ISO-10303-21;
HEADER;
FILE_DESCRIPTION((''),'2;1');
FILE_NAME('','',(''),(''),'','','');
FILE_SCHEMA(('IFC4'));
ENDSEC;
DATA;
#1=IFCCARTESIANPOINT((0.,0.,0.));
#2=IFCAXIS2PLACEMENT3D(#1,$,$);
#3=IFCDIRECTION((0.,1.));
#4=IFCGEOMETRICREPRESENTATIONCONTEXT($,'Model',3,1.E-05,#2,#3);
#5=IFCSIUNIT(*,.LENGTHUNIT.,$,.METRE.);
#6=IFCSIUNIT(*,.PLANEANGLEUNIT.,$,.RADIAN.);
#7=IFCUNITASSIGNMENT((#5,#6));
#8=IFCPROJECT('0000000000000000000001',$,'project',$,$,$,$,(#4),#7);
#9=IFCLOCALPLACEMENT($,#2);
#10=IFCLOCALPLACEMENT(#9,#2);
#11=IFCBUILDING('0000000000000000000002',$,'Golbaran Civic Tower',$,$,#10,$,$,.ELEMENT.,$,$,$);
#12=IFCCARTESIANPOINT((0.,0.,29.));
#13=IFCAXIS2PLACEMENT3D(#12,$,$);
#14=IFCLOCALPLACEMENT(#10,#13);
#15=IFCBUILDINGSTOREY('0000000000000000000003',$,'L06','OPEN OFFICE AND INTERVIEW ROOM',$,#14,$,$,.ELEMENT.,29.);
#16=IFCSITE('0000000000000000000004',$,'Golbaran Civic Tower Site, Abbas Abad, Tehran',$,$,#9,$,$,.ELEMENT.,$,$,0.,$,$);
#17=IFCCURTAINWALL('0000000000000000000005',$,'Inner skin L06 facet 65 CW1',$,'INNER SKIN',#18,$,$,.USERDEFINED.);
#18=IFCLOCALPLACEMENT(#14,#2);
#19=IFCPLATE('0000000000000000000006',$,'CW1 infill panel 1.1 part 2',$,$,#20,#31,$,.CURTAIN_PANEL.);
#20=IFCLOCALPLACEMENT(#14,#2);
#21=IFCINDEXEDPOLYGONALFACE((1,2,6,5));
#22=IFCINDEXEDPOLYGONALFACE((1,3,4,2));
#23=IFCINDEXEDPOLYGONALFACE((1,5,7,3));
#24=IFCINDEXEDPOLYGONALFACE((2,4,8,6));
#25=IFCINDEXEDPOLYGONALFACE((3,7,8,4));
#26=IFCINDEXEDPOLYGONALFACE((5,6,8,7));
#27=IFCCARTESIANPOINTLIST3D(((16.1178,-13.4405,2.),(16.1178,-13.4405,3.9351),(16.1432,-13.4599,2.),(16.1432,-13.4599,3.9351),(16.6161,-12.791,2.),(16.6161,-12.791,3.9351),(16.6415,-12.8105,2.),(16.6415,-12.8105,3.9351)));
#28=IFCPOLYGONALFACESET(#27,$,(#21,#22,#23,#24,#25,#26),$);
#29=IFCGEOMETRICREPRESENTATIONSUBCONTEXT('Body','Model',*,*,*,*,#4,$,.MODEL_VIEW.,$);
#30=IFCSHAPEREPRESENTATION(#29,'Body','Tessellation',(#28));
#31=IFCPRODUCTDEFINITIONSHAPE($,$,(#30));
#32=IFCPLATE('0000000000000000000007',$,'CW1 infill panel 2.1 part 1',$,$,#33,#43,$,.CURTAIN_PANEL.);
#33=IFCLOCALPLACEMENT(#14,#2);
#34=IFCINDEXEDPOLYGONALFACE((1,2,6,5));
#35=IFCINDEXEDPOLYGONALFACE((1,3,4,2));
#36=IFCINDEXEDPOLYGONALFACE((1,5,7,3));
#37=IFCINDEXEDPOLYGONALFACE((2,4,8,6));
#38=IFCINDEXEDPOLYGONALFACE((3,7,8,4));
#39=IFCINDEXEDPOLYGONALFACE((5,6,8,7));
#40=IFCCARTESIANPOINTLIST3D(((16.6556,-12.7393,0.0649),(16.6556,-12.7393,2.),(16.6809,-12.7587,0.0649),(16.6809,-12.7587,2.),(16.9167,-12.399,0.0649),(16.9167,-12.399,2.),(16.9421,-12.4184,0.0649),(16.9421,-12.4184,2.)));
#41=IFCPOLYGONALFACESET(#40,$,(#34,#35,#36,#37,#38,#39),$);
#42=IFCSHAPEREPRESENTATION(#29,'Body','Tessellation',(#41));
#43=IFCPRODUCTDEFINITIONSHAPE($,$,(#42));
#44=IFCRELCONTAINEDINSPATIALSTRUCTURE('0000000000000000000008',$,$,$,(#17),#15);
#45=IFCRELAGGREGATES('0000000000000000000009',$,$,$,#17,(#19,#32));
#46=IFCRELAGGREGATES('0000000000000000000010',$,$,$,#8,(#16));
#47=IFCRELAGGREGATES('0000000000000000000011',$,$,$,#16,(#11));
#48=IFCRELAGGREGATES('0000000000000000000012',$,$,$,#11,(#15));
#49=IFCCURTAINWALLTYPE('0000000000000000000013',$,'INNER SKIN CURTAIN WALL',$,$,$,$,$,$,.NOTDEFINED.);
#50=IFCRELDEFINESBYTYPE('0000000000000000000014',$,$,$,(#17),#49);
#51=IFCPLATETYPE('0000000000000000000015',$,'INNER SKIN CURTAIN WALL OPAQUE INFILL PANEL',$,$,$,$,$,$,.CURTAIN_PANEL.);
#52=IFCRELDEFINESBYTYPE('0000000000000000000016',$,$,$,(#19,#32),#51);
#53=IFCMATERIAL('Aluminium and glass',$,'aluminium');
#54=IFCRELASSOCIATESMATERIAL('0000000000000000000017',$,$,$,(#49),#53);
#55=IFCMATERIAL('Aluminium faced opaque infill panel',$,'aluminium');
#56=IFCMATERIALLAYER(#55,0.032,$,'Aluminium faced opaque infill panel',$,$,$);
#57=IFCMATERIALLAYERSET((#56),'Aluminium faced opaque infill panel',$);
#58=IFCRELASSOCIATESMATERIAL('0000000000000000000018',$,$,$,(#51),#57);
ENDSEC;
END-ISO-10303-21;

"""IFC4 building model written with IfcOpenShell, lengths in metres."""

from ifc_helpers import new_model, si_unit, direction, frame, origin, origin_2d, place, context, subcontext, project, spatial, rectangle, extrude, material, layer, layer_set, type_object, element, aggregate, save


model = new_model("IFC4")

# Units and contexts
model_context = context("Model", 3, precision=1e-05, world=origin(), true_north=direction((0.0, 1.0)))
body_context = subcontext(model_context, "Body", "Model", "MODEL_VIEW")
ifc_project = project(units=[si_unit("LENGTHUNIT", "METRE"), si_unit("PLANEANGLEUNIT", "RADIAN")], contexts=[model_context])

# Site, building, storey
site_placement = place(None, origin())
site = spatial("IfcSite", under=ifc_project, at=site_placement, Name="Golbaran Civic Tower Site, Abbas Abad, Tehran", CompositionType="ELEMENT", RefElevation=0.0)
building_placement = place(site_placement, origin())
building = spatial("IfcBuilding", under=site, at=building_placement, Name="Golbaran Civic Tower", CompositionType="ELEMENT")
storey_placement = place(building_placement, frame((0.0, 0.0, 29.0)))
storey = spatial("IfcBuildingStorey", under=building, at=storey_placement, Name="L06", Description="OPEN OFFICE AND INTERVIEW ROOM", CompositionType="ELEMENT", Elevation=29.0)

# Curtain wall
ifc_material_1 = material(Name="Aluminium and glass", Category="aluminium")
curtain_wall_type = type_object("IfcCurtainWallType", Name="INNER SKIN CURTAIN WALL", PredefinedType="NOTDEFINED", material=ifc_material_1)
curtain_wall_1_placement = place(storey_placement, origin())
curtain_wall_1 = element("IfcCurtainWall", 1, at=curtain_wall_1_placement, inside=storey, type_object=curtain_wall_type, Name="Inner skin L06 facet 65 CW1", ObjectType="INNER SKIN", PredefinedType="USERDEFINED")

# Plates
ifc_material_2 = material(Name="Aluminium faced opaque infill panel", Category="aluminium")
ifc_layer_1 = layer(ifc_material_2, 0.032, Name="Aluminium faced opaque infill panel")
ifc_layer_set_1 = layer_set([ifc_layer_1], Name="Aluminium faced opaque infill panel")
plate_type_1 = type_object("IfcPlateType", Name="INNER SKIN CURTAIN WALL OPAQUE INFILL PANEL", PredefinedType="CURTAIN_PANEL", material=ifc_layer_set_1)
plate_1_placement = place(storey_placement, frame((16.3796, -13.1255, 2.0), z_axis=(0.0, 0.0, 1.0), x_axis=(0.608761, 0.793353, 0.0)))
plate_1 = element("IfcPlate", 2, at=plate_1_placement, type_object=plate_type_1, Name="CW1 infill panel 1.1 part 2", PredefinedType="CURTAIN_PANEL", context=body_context, shape_type="SweptSolid", body=[
    extrude(rectangle(XDim=0.8186, YDim=0.032, at=origin_2d()), origin(), (0.0, 0.0, 1.0), 1.9351),
])
plate_2_placement = place(storey_placement, frame((16.7988, -12.5789, 0.0649), z_axis=(0.0, 0.0, 1.0), x_axis=(0.608761, 0.793353, 0.0)))
plate_2 = element("IfcPlate", 3, at=plate_2_placement, type_object=plate_type_1, Name="CW1 infill panel 2.1 part 1", PredefinedType="CURTAIN_PANEL", context=body_context, shape_type="SweptSolid", body=[
    extrude(rectangle(XDim=0.429, YDim=0.032, at=origin_2d()), origin(), (0.0, 0.0, 1.0), 1.9351),
])
aggregate(curtain_wall_1, [plate_1, plate_2])

save(model, "model.ifc")
